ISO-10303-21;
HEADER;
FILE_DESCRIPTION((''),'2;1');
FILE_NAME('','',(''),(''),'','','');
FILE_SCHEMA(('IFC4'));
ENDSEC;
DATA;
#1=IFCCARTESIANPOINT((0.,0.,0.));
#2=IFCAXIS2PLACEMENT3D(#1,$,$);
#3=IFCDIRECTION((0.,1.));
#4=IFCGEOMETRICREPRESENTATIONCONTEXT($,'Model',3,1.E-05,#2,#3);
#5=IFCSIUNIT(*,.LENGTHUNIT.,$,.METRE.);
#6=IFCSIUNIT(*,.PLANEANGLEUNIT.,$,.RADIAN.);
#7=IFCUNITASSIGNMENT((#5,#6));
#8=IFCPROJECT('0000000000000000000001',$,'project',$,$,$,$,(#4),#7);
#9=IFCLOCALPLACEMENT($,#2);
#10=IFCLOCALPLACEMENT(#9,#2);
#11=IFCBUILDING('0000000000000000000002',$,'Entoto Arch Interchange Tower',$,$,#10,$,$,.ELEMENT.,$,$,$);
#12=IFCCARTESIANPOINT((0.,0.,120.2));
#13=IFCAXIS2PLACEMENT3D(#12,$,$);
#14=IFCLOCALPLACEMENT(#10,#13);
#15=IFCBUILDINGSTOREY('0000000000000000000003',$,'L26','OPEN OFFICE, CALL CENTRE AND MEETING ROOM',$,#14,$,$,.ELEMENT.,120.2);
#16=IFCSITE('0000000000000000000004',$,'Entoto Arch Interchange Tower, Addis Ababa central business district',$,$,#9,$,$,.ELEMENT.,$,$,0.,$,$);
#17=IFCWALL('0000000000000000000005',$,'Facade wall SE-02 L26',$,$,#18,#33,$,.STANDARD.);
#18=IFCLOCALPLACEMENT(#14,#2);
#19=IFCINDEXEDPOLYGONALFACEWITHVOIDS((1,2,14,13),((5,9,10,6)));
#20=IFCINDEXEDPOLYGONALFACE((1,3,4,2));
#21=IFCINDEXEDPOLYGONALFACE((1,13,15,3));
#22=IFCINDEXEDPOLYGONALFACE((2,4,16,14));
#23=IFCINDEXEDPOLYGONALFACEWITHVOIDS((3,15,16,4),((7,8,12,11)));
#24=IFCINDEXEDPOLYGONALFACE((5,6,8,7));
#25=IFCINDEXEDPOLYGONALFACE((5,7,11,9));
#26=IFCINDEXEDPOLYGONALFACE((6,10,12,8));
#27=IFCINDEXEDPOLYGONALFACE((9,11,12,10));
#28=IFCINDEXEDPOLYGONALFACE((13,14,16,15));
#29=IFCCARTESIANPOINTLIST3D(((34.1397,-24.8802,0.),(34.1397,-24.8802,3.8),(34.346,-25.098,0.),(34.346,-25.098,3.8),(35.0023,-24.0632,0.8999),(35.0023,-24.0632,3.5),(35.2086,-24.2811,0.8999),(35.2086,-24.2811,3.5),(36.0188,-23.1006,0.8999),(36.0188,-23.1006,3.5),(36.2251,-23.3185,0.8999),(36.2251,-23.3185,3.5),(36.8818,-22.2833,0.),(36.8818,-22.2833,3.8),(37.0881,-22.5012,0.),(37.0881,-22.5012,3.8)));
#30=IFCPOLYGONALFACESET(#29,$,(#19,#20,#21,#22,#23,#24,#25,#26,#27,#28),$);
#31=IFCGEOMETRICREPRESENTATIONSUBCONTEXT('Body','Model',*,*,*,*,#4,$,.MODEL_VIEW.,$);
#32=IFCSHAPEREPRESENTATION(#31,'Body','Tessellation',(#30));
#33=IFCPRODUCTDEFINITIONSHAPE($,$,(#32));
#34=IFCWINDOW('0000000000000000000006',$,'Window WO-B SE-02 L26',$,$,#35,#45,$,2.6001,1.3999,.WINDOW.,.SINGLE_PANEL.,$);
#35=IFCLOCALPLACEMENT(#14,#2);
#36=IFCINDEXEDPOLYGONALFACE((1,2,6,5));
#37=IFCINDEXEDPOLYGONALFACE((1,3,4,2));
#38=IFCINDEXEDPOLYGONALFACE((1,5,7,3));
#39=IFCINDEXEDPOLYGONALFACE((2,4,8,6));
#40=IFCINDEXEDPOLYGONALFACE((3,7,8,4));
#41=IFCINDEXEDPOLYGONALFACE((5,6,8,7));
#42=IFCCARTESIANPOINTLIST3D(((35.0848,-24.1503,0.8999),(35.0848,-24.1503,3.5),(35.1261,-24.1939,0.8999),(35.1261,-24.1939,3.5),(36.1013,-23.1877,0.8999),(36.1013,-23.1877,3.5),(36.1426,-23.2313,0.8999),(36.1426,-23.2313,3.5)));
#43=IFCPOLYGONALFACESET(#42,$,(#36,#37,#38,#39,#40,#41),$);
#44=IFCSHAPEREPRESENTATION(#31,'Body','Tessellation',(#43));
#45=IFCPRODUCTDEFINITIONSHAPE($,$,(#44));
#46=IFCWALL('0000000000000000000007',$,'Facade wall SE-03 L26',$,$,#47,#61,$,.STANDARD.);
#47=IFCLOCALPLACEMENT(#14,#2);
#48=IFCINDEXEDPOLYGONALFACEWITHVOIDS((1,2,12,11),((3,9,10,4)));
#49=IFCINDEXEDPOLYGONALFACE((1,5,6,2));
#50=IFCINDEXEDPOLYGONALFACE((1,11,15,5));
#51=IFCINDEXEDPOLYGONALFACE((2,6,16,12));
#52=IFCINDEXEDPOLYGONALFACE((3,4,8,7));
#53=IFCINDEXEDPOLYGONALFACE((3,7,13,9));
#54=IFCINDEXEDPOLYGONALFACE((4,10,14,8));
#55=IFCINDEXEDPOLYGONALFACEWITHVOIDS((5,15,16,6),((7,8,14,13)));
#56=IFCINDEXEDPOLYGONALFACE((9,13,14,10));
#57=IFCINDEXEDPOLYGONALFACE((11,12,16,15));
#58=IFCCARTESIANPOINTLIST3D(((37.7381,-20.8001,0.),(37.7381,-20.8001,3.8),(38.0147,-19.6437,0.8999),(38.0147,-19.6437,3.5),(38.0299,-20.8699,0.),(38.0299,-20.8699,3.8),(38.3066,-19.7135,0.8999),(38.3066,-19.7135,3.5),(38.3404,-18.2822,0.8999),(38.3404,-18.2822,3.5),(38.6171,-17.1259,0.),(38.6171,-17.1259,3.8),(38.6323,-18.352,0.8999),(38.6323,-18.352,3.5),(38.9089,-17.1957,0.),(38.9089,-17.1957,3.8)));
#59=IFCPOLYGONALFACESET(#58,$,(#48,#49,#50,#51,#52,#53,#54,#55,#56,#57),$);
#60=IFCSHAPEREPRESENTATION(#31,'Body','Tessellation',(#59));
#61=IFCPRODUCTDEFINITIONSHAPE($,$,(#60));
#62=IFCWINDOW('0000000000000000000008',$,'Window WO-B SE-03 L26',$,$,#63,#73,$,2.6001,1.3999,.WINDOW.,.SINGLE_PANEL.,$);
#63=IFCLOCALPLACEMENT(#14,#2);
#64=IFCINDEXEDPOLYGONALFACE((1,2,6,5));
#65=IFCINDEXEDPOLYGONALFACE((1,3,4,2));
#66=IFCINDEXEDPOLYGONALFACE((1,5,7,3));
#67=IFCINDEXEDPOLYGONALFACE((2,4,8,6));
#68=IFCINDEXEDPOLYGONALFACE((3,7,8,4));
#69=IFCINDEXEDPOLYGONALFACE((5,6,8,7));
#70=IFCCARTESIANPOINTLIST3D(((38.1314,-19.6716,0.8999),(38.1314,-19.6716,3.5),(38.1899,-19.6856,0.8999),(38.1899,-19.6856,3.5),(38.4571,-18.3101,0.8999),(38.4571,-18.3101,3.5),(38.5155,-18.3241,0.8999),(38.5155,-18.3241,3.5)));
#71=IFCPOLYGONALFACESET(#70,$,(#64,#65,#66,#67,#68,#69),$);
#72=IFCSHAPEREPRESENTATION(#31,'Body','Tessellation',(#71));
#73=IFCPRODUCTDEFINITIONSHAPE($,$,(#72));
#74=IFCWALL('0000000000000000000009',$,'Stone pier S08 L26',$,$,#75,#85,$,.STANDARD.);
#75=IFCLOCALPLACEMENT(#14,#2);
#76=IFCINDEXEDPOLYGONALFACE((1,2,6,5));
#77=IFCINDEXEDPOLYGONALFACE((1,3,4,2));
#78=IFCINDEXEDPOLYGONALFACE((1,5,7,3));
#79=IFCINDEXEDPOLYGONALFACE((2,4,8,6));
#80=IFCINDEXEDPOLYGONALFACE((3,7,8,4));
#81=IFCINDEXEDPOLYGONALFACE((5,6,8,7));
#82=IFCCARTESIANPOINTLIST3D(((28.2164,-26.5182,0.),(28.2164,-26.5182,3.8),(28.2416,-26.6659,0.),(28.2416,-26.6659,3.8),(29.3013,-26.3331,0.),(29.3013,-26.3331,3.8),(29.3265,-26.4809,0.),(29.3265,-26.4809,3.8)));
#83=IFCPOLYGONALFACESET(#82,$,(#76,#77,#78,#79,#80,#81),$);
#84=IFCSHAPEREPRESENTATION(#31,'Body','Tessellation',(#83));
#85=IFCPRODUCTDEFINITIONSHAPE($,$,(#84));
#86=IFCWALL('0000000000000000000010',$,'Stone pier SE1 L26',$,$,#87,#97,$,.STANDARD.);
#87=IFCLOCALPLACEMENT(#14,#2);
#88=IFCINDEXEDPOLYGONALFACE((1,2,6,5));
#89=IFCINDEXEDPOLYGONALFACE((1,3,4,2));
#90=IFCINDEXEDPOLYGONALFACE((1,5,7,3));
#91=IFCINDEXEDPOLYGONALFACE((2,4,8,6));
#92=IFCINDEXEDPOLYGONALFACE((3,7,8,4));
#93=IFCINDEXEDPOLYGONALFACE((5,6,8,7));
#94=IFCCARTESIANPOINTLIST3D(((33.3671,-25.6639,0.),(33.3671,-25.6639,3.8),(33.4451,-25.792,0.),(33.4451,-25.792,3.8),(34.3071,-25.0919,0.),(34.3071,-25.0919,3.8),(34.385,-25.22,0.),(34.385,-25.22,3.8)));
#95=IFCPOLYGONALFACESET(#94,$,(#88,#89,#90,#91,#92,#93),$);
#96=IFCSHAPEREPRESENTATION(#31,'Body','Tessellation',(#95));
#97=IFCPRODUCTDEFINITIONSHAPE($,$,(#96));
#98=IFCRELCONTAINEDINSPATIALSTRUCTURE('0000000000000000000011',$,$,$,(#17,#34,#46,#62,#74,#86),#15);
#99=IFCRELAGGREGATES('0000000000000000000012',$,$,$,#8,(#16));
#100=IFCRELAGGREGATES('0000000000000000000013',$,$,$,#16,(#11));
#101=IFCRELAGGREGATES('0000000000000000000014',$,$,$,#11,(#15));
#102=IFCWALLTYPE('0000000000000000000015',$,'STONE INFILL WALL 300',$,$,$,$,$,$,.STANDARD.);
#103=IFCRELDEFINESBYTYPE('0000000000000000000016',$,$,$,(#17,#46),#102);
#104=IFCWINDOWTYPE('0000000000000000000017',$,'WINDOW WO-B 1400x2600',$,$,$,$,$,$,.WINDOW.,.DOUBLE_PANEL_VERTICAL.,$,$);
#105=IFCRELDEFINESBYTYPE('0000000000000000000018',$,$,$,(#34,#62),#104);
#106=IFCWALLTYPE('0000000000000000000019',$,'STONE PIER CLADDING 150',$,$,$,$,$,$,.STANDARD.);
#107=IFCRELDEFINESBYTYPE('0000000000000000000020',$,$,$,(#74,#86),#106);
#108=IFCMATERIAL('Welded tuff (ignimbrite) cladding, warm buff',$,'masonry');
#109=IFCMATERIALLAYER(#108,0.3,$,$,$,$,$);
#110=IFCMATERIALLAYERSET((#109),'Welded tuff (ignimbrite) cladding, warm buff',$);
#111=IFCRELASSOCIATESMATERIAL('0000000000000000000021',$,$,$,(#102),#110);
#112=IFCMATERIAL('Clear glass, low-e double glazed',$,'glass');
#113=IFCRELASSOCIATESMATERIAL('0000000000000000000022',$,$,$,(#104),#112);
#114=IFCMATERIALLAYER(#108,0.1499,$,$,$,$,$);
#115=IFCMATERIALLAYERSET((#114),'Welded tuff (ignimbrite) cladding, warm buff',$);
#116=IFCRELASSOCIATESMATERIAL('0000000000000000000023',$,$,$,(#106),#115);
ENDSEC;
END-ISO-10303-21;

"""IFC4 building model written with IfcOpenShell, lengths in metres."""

from ifc_helpers import new_model, si_unit, direction, frame, frame_2d, origin, place, context, subcontext, project, spatial, rectangle, extrude, material, layer, layer_set, type_object, element, fill, save


model = new_model("IFC4")

# Units and contexts
model_context = context("Model", 3, precision=1e-05, world=origin(), true_north=direction((0.0, 1.0)))
body_context = subcontext(model_context, "Body", "Model", "MODEL_VIEW")
ifc_project = project(units=[si_unit("LENGTHUNIT", "METRE"), si_unit("PLANEANGLEUNIT", "RADIAN")], contexts=[model_context])

# Site, building, storey
site_placement = place(None, origin())
site = spatial("IfcSite", under=ifc_project, at=site_placement, Name="Entoto Arch Interchange Tower, Addis Ababa central business district", CompositionType="ELEMENT", RefElevation=0.0)
building_placement = place(site_placement, origin())
building = spatial("IfcBuilding", under=site, at=building_placement, Name="Entoto Arch Interchange Tower", CompositionType="ELEMENT")
storey_placement = place(building_placement, frame((0.0, 0.0, 120.2)))
storey = spatial("IfcBuildingStorey", under=building, at=storey_placement, Name="L26", Description="OPEN OFFICE, CALL CENTRE AND MEETING ROOM", CompositionType="ELEMENT", Elevation=120.2)

# Walls, openings, windows
ifc_material_1 = material(Name="Welded tuff (ignimbrite) cladding, warm buff", Category="masonry")
ifc_layer_1 = layer(ifc_material_1, 0.3)
ifc_layer_set_1 = layer_set([ifc_layer_1], Name="Welded tuff (ignimbrite) cladding, warm buff")
wall_type_1 = type_object("IfcWallType", Name="STONE INFILL WALL 300", PredefinedType="STANDARD", material=ifc_layer_set_1)
ifc_material_2 = material(Name="Clear glass, low-e double glazed", Category="glass")
window_type = type_object("IfcWindowType", Name="WINDOW WO-B 1400x2600", PartitioningType="DOUBLE_PANEL_VERTICAL", PredefinedType="WINDOW", material=ifc_material_2)
wall_1_placement = place(storey_placement, frame((34.2429, -24.989, 0.0), z_axis=(0.0, 0.0, 1.0), x_axis=(0.726077, 0.687614, 0.0)))
wall_1 = element("IfcWall", 1, at=wall_1_placement, inside=storey, type_object=wall_type_1, Name="Facade wall SE-02 L26", PredefinedType="STANDARD", context=body_context, shape_type="SweptSolid", body=[
    extrude(rectangle(XDim=3.7766, YDim=0.3, at=frame_2d((1.8882, 0.0))), origin(), (0.0, 0.0, 1.0), 3.8),
])
opening_1_placement = place(wall_1_placement, frame((1.188, 0.0, 0.8999)))
opening_1 = element("IfcOpeningElement", 2, at=opening_1_placement, cuts=wall_1, PredefinedType="OPENING", context=body_context, shape_type="SweptSolid", body=[
    extrude(rectangle(XDim=1.3999, YDim=2.6001, at=frame_2d((0.7, 1.3))), frame((0.0, 0.1602, 0.0), z_axis=(0.0, -1.0, 0.0), x_axis=(1.0, 0.0, 0.0)), (0.0, 0.0, 1.0), 0.3201),
])
window_1_placement = place(opening_1_placement, origin())
window_1 = element("IfcWindow", 3, at=window_1_placement, inside=storey, type_object=window_type, Name="Window WO-B SE-02 L26", OverallHeight=2.6001, OverallWidth=1.3999, PartitioningType="SINGLE_PANEL", PredefinedType="WINDOW", context=body_context, shape_type="SweptSolid", body=[
    extrude(rectangle(XDim=1.3999, YDim=2.6001, at=frame_2d((0.7, 1.3))), frame((0.0, 0.03, 0.0), z_axis=(0.0, -1.0, 0.0), x_axis=(1.0, 0.0, 0.0)), (0.0, 0.0, 1.0), 0.0601),
])
fill(opening_1, window_1)
wall_2_placement = place(storey_placement, frame((37.884, -20.835, 0.0), z_axis=(0.0, 0.0, 1.0), x_axis=(0.232654, 0.97256, 0.0)))
wall_2 = element("IfcWall", 4, at=wall_2_placement, inside=storey, type_object=wall_type_1, Name="Facade wall SE-03 L26", PredefinedType="STANDARD", context=body_context, shape_type="SweptSolid", body=[
    extrude(rectangle(XDim=3.7778, YDim=0.3, at=frame_2d((1.8889, 0.0))), origin(), (0.0, 0.0, 1.0), 3.8),
])
opening_2_placement = place(wall_2_placement, frame((1.189, 0.0, 0.8999)))
opening_2 = element("IfcOpeningElement", 5, at=opening_2_placement, cuts=wall_2, PredefinedType="OPENING", context=body_context, shape_type="SweptSolid", body=[
    extrude(rectangle(XDim=1.3999, YDim=2.6001, at=frame_2d((0.7, 1.3))), frame((0.0, 0.1602, 0.0), z_axis=(0.0, -1.0, 0.0), x_axis=(1.0, 0.0, 0.0)), (0.0, 0.0, 1.0), 0.3201),
])
window_2_placement = place(opening_2_placement, origin())
window_2 = element("IfcWindow", 6, at=window_2_placement, inside=storey, type_object=window_type, Name="Window WO-B SE-03 L26", OverallHeight=2.6001, OverallWidth=1.3999, PartitioningType="SINGLE_PANEL", PredefinedType="WINDOW", context=body_context, shape_type="SweptSolid", body=[
    extrude(rectangle(XDim=1.3999, YDim=2.6001, at=frame_2d((0.7, 1.3))), frame((0.0, 0.03, 0.0), z_axis=(0.0, -1.0, 0.0), x_axis=(1.0, 0.0, 0.0)), (0.0, 0.0, 1.0), 0.0601),
])
fill(opening_2, window_2)

# Walls
ifc_layer_2 = layer(ifc_material_1, 0.1499)
ifc_layer_set_2 = layer_set([ifc_layer_2], Name="Welded tuff (ignimbrite) cladding, warm buff")
wall_type_2 = type_object("IfcWallType", Name="STONE PIER CLADDING 150", PredefinedType="STANDARD", material=ifc_layer_set_2)
wall_3_placement = place(storey_placement, frame((28.229, -26.592, 0.0), z_axis=(0.0, 0.0, 1.0), x_axis=(0.985763, 0.168139, 0.0)))
element("IfcWall", 7, at=wall_3_placement, inside=storey, type_object=wall_type_2, Name="Stone pier S08 L26", PredefinedType="STANDARD", context=body_context, shape_type="SweptSolid", body=[
    extrude(rectangle(XDim=1.1006, YDim=0.1499, at=frame_2d((0.5503, 0.0))), origin(), (0.0, 0.0, 1.0), 3.8),
])
wall_4_placement = place(storey_placement, frame((33.406, -25.728, 0.0), z_axis=(0.0, 0.0, 1.0), x_axis=(0.854246, 0.51987, 0.0)))
element("IfcWall", 8, at=wall_4_placement, inside=storey, type_object=wall_type_2, Name="Stone pier SE1 L26", PredefinedType="STANDARD", context=body_context, shape_type="SweptSolid", body=[
    extrude(rectangle(XDim=1.1003, YDim=0.1499, at=frame_2d((0.5503, 0.0))), origin(), (0.0, 0.0, 1.0), 3.8),
])

save(model, "model.ifc")
